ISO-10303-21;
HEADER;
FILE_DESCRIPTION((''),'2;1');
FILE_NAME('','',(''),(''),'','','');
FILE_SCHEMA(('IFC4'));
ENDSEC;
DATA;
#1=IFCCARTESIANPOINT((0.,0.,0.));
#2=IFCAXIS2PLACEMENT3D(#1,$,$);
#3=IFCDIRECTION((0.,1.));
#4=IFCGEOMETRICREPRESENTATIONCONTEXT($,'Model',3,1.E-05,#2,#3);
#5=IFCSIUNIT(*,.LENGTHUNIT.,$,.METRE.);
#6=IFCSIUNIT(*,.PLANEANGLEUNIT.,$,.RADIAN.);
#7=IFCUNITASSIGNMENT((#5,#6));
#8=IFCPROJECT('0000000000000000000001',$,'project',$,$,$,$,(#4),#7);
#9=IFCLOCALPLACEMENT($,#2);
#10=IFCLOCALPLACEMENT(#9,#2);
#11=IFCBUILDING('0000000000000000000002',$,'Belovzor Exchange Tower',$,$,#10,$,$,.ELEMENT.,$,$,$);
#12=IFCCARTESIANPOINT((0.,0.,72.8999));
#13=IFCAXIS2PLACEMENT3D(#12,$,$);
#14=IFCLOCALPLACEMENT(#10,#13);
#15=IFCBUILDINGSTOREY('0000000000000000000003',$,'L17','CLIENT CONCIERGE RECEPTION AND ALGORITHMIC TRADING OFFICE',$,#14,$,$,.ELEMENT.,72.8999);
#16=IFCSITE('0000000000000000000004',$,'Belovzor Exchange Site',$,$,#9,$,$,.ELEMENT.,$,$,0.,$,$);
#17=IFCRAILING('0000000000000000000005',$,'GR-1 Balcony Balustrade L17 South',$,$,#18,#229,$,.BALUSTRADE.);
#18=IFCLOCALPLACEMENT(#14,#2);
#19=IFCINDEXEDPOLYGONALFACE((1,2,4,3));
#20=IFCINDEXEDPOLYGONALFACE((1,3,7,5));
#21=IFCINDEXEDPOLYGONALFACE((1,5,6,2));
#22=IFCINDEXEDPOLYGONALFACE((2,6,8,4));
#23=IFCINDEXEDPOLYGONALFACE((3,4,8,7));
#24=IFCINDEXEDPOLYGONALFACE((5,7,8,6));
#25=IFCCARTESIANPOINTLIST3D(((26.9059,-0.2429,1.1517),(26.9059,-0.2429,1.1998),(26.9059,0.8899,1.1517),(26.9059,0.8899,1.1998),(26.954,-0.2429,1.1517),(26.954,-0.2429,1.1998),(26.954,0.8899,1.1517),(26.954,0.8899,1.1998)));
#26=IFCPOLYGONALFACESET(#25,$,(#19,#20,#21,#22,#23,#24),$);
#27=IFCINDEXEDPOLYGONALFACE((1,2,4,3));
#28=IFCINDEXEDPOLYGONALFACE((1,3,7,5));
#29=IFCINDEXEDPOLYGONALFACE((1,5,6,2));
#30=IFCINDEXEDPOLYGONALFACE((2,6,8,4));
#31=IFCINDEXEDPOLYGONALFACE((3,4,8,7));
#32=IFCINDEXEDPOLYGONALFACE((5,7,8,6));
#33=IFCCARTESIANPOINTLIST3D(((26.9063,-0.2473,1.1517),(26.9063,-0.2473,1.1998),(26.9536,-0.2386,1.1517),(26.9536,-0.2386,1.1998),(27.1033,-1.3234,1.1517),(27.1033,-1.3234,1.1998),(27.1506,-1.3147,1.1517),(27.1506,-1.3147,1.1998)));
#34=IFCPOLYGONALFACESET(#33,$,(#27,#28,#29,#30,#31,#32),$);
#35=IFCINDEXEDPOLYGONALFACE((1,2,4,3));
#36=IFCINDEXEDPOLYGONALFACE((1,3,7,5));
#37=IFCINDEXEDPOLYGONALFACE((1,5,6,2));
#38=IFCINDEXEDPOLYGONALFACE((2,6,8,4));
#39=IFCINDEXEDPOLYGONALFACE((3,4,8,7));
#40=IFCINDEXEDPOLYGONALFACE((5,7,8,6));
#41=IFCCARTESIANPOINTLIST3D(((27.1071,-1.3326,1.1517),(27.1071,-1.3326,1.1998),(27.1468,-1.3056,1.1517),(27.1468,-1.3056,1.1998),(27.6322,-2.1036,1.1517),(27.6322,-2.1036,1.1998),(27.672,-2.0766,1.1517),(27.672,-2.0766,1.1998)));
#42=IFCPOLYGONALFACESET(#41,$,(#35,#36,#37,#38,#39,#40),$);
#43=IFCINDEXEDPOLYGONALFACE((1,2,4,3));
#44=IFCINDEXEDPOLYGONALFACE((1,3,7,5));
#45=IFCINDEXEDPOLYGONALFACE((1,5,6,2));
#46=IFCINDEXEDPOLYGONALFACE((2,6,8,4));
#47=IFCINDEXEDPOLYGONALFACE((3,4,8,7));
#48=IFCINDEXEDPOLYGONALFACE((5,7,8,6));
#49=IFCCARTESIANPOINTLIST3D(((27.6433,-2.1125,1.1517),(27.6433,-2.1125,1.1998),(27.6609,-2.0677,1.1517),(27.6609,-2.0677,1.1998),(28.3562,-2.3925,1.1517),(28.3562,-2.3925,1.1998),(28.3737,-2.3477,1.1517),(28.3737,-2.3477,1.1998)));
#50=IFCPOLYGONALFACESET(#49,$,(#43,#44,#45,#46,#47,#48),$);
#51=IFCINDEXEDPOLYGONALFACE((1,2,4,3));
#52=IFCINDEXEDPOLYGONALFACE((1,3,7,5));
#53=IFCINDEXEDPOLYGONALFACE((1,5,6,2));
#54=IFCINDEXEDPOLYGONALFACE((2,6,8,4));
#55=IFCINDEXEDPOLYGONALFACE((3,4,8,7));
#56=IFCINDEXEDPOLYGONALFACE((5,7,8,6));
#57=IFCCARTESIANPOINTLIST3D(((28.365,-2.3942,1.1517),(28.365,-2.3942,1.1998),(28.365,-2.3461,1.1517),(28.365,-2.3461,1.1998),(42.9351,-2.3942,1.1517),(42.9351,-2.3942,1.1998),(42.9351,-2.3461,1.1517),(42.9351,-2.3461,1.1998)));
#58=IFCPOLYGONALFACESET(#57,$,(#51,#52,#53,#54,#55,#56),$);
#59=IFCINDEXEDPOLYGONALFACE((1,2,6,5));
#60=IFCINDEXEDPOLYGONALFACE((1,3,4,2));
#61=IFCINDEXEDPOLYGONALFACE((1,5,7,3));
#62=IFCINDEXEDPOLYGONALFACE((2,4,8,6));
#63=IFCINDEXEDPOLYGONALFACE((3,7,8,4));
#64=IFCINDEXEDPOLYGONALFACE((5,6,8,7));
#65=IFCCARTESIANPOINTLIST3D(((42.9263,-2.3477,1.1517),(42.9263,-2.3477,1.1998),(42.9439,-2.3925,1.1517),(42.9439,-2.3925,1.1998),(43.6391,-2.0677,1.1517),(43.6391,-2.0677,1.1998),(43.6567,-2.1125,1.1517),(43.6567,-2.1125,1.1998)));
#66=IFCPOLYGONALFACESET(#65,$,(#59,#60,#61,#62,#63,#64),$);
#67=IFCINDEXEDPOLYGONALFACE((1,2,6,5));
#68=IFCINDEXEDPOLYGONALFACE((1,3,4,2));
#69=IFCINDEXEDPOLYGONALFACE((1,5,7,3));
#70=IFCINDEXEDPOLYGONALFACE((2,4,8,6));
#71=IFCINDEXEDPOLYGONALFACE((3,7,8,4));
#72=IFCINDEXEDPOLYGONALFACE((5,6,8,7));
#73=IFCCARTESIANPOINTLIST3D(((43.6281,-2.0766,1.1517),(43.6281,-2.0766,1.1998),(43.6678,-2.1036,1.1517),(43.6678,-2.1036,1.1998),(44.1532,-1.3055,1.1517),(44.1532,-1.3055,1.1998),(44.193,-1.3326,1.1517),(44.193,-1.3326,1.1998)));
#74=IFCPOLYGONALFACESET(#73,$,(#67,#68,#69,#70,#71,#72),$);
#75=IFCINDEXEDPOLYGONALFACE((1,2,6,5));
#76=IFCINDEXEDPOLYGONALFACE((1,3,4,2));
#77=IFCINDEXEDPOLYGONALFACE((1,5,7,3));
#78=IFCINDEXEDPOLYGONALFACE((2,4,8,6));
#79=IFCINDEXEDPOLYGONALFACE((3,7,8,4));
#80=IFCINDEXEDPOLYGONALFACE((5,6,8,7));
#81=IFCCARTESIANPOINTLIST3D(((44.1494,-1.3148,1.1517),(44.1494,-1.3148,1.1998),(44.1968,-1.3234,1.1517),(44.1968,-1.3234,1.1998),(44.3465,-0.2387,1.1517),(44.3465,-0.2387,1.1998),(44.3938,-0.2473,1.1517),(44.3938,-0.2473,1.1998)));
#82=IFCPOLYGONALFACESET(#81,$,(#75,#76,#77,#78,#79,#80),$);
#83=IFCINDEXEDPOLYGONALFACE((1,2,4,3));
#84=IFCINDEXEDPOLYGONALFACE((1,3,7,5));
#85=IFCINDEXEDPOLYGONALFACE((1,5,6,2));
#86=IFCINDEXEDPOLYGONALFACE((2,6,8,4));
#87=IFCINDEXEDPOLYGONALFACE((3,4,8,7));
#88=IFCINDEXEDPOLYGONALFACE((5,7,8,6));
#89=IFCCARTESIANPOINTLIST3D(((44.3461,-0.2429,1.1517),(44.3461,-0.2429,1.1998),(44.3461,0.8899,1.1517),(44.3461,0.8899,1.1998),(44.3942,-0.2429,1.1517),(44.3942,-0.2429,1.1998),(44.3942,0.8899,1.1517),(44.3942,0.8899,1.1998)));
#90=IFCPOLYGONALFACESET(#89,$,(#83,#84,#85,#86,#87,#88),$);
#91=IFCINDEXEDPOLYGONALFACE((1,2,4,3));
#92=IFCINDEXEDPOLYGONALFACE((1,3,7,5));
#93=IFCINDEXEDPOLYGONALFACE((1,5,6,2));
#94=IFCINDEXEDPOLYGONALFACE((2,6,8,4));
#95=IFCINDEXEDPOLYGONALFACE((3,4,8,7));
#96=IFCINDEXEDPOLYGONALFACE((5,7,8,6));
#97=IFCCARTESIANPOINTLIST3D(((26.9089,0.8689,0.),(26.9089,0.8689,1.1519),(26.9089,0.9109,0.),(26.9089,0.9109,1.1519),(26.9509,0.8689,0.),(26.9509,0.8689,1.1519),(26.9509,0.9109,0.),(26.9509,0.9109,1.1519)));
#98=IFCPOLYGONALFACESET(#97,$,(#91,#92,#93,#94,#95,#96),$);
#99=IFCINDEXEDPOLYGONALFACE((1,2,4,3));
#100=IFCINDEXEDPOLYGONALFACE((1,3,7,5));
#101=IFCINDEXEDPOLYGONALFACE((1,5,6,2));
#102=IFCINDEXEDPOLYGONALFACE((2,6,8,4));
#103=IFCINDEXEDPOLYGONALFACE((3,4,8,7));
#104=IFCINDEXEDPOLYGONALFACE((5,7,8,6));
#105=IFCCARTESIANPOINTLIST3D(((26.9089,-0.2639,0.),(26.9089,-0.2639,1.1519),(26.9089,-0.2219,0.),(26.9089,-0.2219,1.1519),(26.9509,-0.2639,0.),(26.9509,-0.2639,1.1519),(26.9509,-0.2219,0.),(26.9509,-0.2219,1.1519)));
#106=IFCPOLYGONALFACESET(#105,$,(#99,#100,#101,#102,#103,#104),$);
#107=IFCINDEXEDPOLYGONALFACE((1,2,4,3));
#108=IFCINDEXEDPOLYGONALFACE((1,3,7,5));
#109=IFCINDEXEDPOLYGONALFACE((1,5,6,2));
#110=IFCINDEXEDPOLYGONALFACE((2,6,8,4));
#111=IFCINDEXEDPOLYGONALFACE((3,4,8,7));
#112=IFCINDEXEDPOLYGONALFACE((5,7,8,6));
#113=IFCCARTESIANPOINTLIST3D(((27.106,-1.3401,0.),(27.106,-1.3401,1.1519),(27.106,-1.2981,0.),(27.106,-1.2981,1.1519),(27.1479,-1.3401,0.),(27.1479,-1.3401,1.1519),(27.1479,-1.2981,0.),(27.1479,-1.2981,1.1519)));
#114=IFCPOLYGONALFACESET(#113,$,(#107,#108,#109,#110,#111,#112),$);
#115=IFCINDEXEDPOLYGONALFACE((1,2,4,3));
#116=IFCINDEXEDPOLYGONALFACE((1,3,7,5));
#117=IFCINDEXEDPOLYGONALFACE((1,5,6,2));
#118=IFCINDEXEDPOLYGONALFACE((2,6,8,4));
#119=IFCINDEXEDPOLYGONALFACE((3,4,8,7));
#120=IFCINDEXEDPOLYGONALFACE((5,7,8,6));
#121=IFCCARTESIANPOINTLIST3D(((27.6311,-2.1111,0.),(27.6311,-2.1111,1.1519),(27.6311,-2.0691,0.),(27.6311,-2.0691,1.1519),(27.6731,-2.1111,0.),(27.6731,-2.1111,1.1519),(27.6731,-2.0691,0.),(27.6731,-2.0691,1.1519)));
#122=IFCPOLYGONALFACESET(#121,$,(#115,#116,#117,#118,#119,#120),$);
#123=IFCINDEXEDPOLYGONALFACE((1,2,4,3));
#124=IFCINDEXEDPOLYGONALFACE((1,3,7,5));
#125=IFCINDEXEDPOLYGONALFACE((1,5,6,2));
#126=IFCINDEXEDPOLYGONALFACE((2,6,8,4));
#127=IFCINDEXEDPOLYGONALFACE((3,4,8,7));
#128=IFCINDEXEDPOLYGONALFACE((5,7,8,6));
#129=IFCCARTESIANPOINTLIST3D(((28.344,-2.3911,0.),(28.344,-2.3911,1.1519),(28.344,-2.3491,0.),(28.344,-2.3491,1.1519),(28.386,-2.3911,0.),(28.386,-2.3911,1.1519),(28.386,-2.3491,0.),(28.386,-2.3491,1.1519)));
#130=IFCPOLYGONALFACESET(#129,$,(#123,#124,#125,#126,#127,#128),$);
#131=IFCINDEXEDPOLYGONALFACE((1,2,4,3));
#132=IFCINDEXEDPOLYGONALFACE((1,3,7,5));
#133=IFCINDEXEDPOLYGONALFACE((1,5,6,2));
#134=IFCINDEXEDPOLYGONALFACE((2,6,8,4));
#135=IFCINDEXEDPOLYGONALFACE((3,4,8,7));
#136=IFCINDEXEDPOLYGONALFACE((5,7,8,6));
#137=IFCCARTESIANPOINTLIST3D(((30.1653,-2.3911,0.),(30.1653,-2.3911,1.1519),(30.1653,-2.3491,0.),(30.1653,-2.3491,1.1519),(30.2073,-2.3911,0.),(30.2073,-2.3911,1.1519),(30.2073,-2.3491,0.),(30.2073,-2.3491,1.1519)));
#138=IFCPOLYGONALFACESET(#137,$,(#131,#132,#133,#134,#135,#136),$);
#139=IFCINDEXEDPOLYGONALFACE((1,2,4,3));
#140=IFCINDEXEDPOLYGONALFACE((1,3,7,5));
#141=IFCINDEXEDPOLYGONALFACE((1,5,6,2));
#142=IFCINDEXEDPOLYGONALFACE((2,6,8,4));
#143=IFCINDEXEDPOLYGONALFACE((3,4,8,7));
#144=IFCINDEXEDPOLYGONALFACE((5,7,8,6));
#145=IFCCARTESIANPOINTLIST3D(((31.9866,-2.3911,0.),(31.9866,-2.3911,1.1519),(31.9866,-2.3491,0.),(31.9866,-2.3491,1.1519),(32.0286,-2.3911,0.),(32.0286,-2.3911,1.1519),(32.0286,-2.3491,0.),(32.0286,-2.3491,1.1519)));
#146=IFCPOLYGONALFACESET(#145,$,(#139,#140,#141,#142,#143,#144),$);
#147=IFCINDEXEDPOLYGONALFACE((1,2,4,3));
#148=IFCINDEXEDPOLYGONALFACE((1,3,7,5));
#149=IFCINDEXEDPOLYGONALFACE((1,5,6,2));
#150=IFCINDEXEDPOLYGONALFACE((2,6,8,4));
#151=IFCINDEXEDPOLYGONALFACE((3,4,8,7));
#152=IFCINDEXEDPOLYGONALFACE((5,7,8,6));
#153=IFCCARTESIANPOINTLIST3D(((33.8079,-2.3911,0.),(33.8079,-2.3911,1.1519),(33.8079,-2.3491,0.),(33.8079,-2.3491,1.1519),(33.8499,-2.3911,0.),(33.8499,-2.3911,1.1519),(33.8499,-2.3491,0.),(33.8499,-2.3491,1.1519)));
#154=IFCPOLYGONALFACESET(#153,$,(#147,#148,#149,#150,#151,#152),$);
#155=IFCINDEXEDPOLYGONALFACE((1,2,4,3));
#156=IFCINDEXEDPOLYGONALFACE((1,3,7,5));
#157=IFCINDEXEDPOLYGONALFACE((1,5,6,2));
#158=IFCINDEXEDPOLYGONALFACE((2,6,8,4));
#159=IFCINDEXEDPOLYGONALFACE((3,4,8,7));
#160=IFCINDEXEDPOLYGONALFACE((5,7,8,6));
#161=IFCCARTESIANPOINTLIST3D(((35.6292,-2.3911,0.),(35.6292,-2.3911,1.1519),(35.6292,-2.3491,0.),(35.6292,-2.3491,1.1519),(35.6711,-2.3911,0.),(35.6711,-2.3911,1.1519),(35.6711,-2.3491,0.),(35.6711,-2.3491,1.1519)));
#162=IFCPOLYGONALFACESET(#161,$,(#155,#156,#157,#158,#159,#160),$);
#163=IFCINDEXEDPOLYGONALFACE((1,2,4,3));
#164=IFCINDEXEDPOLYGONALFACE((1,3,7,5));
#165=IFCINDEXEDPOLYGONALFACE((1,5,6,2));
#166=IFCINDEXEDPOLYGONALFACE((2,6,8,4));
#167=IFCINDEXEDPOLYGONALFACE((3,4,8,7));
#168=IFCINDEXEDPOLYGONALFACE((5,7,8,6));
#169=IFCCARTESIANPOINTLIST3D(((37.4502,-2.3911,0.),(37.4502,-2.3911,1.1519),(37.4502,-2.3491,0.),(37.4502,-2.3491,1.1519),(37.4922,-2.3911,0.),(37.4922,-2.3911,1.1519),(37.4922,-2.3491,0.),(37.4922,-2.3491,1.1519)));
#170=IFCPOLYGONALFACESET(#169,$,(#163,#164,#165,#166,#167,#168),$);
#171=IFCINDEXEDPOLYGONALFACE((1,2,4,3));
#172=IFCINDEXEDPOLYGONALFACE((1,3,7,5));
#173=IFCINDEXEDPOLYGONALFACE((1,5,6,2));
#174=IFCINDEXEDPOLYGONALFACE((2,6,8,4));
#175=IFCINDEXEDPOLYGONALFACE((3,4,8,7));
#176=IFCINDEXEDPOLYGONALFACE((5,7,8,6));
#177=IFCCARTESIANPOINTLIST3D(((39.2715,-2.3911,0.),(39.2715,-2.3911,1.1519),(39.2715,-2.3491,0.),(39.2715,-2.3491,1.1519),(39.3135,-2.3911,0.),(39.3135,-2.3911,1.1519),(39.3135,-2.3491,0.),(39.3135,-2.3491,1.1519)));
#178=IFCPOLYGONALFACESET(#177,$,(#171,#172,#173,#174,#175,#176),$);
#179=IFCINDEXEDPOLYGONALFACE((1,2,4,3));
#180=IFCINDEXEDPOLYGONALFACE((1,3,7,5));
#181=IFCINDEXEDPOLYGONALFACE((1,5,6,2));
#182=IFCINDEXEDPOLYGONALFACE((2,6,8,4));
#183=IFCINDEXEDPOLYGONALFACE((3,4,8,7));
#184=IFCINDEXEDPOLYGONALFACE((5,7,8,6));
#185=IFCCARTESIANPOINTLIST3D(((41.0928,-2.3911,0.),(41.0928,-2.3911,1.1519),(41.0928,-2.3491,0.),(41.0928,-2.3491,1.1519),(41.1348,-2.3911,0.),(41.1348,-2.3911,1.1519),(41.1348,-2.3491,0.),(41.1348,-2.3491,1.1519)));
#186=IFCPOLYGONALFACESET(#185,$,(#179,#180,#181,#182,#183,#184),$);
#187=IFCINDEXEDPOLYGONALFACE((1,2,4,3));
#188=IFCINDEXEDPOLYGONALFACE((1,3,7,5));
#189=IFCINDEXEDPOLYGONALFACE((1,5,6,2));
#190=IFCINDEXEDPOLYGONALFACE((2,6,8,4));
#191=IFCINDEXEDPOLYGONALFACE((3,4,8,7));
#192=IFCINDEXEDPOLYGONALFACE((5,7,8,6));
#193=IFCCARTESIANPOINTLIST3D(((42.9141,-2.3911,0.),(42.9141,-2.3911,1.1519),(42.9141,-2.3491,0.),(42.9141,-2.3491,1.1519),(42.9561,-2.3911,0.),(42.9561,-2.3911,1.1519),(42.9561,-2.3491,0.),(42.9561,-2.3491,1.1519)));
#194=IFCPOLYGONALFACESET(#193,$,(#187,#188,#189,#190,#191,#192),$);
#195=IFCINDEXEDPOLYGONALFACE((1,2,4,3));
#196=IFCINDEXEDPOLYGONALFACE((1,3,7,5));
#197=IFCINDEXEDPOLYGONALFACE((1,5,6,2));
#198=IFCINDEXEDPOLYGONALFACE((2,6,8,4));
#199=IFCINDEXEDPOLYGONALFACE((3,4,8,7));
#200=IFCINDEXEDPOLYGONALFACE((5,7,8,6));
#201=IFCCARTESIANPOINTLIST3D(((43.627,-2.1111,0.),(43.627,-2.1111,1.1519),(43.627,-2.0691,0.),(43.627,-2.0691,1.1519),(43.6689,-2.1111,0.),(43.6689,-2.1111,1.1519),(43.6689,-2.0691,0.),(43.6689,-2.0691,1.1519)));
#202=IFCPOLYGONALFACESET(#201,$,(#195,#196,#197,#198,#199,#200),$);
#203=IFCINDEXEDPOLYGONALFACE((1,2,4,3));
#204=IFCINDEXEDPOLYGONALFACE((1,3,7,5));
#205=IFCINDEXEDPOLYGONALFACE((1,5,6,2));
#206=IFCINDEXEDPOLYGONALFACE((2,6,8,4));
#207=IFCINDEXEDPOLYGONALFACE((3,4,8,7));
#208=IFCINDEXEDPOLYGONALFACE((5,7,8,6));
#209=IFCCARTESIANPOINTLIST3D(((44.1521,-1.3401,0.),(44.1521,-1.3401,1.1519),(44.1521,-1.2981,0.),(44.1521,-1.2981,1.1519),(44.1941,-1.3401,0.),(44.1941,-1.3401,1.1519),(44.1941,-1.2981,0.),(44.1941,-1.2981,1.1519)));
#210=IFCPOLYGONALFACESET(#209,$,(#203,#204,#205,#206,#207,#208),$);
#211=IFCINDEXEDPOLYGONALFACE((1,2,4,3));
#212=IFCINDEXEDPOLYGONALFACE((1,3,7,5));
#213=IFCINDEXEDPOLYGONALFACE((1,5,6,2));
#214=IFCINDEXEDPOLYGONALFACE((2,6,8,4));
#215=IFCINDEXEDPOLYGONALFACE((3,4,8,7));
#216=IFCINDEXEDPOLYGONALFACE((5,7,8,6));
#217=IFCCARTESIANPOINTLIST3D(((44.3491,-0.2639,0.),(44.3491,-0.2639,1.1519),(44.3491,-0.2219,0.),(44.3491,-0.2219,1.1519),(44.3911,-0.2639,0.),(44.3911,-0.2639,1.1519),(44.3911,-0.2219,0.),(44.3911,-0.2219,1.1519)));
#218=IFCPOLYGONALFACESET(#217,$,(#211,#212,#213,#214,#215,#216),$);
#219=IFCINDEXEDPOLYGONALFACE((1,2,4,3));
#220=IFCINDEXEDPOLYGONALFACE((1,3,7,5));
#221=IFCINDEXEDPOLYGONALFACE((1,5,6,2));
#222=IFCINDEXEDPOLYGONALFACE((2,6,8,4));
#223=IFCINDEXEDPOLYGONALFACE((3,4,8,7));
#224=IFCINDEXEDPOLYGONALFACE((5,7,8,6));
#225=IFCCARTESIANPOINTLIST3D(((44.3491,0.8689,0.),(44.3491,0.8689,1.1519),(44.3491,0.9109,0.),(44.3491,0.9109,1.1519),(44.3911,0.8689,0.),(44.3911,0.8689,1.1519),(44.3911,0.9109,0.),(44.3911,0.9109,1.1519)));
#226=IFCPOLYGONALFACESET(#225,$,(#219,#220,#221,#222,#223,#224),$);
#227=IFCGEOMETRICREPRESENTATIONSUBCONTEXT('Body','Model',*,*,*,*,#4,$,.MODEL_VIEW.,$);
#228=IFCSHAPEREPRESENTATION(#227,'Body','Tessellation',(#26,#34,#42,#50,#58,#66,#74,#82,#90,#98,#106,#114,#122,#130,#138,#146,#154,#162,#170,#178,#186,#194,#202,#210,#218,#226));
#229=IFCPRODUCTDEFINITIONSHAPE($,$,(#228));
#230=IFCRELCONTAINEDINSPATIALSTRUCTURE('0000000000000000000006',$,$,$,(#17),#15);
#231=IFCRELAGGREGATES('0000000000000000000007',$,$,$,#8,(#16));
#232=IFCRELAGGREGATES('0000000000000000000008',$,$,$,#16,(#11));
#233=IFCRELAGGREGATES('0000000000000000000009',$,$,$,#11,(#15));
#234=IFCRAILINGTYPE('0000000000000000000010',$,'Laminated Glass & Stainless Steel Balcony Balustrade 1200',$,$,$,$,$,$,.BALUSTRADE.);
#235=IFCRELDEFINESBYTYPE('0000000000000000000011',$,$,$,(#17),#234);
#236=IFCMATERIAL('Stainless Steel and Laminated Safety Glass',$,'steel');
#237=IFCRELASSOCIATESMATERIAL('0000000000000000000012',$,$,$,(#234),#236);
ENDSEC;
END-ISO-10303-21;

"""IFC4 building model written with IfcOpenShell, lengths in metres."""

from ifc_helpers import new_model, si_unit, direction, frame, origin, origin_2d, place, context, subcontext, project, spatial, rectangle, extrude, material, type_object, element, save


model = new_model("IFC4")

# Units and contexts
model_context = context("Model", 3, precision=1e-05, world=origin(), true_north=direction((0.0, 1.0)))
body_context = subcontext(model_context, "Body", "Model", "MODEL_VIEW")
ifc_project = project(units=[si_unit("LENGTHUNIT", "METRE"), si_unit("PLANEANGLEUNIT", "RADIAN")], contexts=[model_context])

# Site, building, storey
site_placement = place(None, origin())
site = spatial("IfcSite", under=ifc_project, at=site_placement, Name="Belovzor Exchange Site", CompositionType="ELEMENT", RefElevation=0.0)
building_placement = place(site_placement, origin())
building = spatial("IfcBuilding", under=site, at=building_placement, Name="Belovzor Exchange Tower", CompositionType="ELEMENT")
storey_placement = place(building_placement, frame((0.0, 0.0, 72.8999)))
storey = spatial("IfcBuildingStorey", under=building, at=storey_placement, Name="L17", Description="CLIENT CONCIERGE RECEPTION AND ALGORITHMIC TRADING OFFICE", CompositionType="ELEMENT", Elevation=72.8999)

# Railing
ifc_material_1 = material(Name="Stainless Steel and Laminated Safety Glass", Category="steel")
railing_type = type_object("IfcRailingType", Name="Laminated Glass & Stainless Steel Balcony Balustrade 1200", PredefinedType="BALUSTRADE", material=ifc_material_1)
railing_placement = place(storey_placement, frame((26.9299, 0.8899, 0.0)))
element("IfcRailing", 1, at=railing_placement, inside=storey, type_object=railing_type, Name="GR-1 Balcony Balustrade L17 South", PredefinedType="BALUSTRADE", context=body_context, shape_type="SweptSolid", body=[
    extrude(rectangle(XDim=0.0481, YDim=0.0481, at=origin_2d()), frame((0.0, 0.0, 1.1758), z_axis=(0.0, -1.0, 0.0), x_axis=(1.0, 0.0, 0.0)), (0.0, 0.0, 1.0), 1.1328),
    extrude(rectangle(XDim=0.0481, YDim=0.0481, at=origin_2d()), frame((0.0, -1.1328, 1.1758), z_axis=(0.180083, -0.983651, 0.0), x_axis=(0.983651, 0.180083, 0.0)), (0.0, 0.0, 1.0), 1.094),
    extrude(rectangle(XDim=0.0481, YDim=0.0481, at=origin_2d()), frame((0.197, -2.209, 1.1758), z_axis=(0.562947, -0.826493, 0.0), x_axis=(0.826493, 0.562947, 0.0)), (0.0, 0.0, 1.0), 0.9329),
    extrude(rectangle(XDim=0.0481, YDim=0.0481, at=origin_2d()), frame((0.7222, -2.98, 1.1758), z_axis=(0.930767, -0.365613, 0.0), x_axis=(0.365613, 0.930767, 0.0)), (0.0, 0.0, 1.0), 0.7659),
    extrude(rectangle(XDim=0.0481, YDim=0.0481, at=origin_2d()), frame((1.4351, -3.26, 1.1758), z_axis=(1.0, 0.0, 0.0), x_axis=(0.0, 1.0, 0.0)), (0.0, 0.0, 1.0), 14.5701),
    extrude(rectangle(XDim=0.0481, YDim=0.0481, at=origin_2d()), frame((16.0051, -3.26, 1.1758), z_axis=(0.930767, 0.365613, 0.0), x_axis=(-0.365613, 0.930767, 0.0)), (0.0, 0.0, 1.0), 0.7659),
    extrude(rectangle(XDim=0.0481, YDim=0.0481, at=origin_2d()), frame((16.718, -2.98, 1.1758), z_axis=(0.562947, 0.826493, 0.0), x_axis=(-0.826493, 0.562947, 0.0)), (0.0, 0.0, 1.0), 0.9329),
    extrude(rectangle(XDim=0.0481, YDim=0.0481, at=origin_2d()), frame((17.2432, -2.209, 1.1758), z_axis=(0.180083, 0.983651, 0.0), x_axis=(-0.983651, 0.180083, 0.0)), (0.0, 0.0, 1.0), 1.094),
    extrude(rectangle(XDim=0.0481, YDim=0.0481, at=origin_2d()), frame((17.4402, -1.1328, 1.1758), z_axis=(0.0, 1.0, 0.0), x_axis=(-1.0, 0.0, 0.0)), (0.0, 0.0, 1.0), 1.1328),
    extrude(rectangle(XDim=0.042, YDim=0.042, at=origin_2d()), origin(), (0.0, 0.0, 1.0), 1.1519),
    extrude(rectangle(XDim=0.042, YDim=0.042, at=origin_2d()), frame((0.0, -1.1328, 0.0)), (0.0, 0.0, 1.0), 1.1519),
    extrude(rectangle(XDim=0.042, YDim=0.042, at=origin_2d()), frame((0.197, -2.209, 0.0)), (0.0, 0.0, 1.0), 1.1519),
    extrude(rectangle(XDim=0.042, YDim=0.042, at=origin_2d()), frame((0.7222, -2.98, 0.0)), (0.0, 0.0, 1.0), 1.1519),
    extrude(rectangle(XDim=0.042, YDim=0.042, at=origin_2d()), frame((1.4351, -3.26, 0.0)), (0.0, 0.0, 1.0), 1.1519),
    extrude(rectangle(XDim=0.042, YDim=0.042, at=origin_2d()), frame((3.2563, -3.26, 0.0)), (0.0, 0.0, 1.0), 1.1519),
    extrude(rectangle(XDim=0.042, YDim=0.042, at=origin_2d()), frame((5.0776, -3.26, 0.0)), (0.0, 0.0, 1.0), 1.1519),
    extrude(rectangle(XDim=0.042, YDim=0.042, at=origin_2d()), frame((6.8989, -3.26, 0.0)), (0.0, 0.0, 1.0), 1.1519),
    extrude(rectangle(XDim=0.042, YDim=0.042, at=origin_2d()), frame((8.7202, -3.26, 0.0)), (0.0, 0.0, 1.0), 1.1519),
    extrude(rectangle(XDim=0.042, YDim=0.042, at=origin_2d()), frame((10.5413, -3.26, 0.0)), (0.0, 0.0, 1.0), 1.1519),
    extrude(rectangle(XDim=0.042, YDim=0.042, at=origin_2d()), frame((12.3625, -3.26, 0.0)), (0.0, 0.0, 1.0), 1.1519),
    extrude(rectangle(XDim=0.042, YDim=0.042, at=origin_2d()), frame((14.1838, -3.26, 0.0)), (0.0, 0.0, 1.0), 1.1519),
    extrude(rectangle(XDim=0.042, YDim=0.042, at=origin_2d()), frame((16.0051, -3.26, 0.0)), (0.0, 0.0, 1.0), 1.1519),
    extrude(rectangle(XDim=0.042, YDim=0.042, at=origin_2d()), frame((16.718, -2.98, 0.0)), (0.0, 0.0, 1.0), 1.1519),
    extrude(rectangle(XDim=0.042, YDim=0.042, at=origin_2d()), frame((17.2432, -2.209, 0.0)), (0.0, 0.0, 1.0), 1.1519),
    extrude(rectangle(XDim=0.042, YDim=0.042, at=origin_2d()), frame((17.4402, -1.1328, 0.0)), (0.0, 0.0, 1.0), 1.1519),
    extrude(rectangle(XDim=0.042, YDim=0.042, at=origin_2d()), frame((17.4402, 0.0, 0.0)), (0.0, 0.0, 1.0), 1.1519),
])

save(model, "model.ifc")
